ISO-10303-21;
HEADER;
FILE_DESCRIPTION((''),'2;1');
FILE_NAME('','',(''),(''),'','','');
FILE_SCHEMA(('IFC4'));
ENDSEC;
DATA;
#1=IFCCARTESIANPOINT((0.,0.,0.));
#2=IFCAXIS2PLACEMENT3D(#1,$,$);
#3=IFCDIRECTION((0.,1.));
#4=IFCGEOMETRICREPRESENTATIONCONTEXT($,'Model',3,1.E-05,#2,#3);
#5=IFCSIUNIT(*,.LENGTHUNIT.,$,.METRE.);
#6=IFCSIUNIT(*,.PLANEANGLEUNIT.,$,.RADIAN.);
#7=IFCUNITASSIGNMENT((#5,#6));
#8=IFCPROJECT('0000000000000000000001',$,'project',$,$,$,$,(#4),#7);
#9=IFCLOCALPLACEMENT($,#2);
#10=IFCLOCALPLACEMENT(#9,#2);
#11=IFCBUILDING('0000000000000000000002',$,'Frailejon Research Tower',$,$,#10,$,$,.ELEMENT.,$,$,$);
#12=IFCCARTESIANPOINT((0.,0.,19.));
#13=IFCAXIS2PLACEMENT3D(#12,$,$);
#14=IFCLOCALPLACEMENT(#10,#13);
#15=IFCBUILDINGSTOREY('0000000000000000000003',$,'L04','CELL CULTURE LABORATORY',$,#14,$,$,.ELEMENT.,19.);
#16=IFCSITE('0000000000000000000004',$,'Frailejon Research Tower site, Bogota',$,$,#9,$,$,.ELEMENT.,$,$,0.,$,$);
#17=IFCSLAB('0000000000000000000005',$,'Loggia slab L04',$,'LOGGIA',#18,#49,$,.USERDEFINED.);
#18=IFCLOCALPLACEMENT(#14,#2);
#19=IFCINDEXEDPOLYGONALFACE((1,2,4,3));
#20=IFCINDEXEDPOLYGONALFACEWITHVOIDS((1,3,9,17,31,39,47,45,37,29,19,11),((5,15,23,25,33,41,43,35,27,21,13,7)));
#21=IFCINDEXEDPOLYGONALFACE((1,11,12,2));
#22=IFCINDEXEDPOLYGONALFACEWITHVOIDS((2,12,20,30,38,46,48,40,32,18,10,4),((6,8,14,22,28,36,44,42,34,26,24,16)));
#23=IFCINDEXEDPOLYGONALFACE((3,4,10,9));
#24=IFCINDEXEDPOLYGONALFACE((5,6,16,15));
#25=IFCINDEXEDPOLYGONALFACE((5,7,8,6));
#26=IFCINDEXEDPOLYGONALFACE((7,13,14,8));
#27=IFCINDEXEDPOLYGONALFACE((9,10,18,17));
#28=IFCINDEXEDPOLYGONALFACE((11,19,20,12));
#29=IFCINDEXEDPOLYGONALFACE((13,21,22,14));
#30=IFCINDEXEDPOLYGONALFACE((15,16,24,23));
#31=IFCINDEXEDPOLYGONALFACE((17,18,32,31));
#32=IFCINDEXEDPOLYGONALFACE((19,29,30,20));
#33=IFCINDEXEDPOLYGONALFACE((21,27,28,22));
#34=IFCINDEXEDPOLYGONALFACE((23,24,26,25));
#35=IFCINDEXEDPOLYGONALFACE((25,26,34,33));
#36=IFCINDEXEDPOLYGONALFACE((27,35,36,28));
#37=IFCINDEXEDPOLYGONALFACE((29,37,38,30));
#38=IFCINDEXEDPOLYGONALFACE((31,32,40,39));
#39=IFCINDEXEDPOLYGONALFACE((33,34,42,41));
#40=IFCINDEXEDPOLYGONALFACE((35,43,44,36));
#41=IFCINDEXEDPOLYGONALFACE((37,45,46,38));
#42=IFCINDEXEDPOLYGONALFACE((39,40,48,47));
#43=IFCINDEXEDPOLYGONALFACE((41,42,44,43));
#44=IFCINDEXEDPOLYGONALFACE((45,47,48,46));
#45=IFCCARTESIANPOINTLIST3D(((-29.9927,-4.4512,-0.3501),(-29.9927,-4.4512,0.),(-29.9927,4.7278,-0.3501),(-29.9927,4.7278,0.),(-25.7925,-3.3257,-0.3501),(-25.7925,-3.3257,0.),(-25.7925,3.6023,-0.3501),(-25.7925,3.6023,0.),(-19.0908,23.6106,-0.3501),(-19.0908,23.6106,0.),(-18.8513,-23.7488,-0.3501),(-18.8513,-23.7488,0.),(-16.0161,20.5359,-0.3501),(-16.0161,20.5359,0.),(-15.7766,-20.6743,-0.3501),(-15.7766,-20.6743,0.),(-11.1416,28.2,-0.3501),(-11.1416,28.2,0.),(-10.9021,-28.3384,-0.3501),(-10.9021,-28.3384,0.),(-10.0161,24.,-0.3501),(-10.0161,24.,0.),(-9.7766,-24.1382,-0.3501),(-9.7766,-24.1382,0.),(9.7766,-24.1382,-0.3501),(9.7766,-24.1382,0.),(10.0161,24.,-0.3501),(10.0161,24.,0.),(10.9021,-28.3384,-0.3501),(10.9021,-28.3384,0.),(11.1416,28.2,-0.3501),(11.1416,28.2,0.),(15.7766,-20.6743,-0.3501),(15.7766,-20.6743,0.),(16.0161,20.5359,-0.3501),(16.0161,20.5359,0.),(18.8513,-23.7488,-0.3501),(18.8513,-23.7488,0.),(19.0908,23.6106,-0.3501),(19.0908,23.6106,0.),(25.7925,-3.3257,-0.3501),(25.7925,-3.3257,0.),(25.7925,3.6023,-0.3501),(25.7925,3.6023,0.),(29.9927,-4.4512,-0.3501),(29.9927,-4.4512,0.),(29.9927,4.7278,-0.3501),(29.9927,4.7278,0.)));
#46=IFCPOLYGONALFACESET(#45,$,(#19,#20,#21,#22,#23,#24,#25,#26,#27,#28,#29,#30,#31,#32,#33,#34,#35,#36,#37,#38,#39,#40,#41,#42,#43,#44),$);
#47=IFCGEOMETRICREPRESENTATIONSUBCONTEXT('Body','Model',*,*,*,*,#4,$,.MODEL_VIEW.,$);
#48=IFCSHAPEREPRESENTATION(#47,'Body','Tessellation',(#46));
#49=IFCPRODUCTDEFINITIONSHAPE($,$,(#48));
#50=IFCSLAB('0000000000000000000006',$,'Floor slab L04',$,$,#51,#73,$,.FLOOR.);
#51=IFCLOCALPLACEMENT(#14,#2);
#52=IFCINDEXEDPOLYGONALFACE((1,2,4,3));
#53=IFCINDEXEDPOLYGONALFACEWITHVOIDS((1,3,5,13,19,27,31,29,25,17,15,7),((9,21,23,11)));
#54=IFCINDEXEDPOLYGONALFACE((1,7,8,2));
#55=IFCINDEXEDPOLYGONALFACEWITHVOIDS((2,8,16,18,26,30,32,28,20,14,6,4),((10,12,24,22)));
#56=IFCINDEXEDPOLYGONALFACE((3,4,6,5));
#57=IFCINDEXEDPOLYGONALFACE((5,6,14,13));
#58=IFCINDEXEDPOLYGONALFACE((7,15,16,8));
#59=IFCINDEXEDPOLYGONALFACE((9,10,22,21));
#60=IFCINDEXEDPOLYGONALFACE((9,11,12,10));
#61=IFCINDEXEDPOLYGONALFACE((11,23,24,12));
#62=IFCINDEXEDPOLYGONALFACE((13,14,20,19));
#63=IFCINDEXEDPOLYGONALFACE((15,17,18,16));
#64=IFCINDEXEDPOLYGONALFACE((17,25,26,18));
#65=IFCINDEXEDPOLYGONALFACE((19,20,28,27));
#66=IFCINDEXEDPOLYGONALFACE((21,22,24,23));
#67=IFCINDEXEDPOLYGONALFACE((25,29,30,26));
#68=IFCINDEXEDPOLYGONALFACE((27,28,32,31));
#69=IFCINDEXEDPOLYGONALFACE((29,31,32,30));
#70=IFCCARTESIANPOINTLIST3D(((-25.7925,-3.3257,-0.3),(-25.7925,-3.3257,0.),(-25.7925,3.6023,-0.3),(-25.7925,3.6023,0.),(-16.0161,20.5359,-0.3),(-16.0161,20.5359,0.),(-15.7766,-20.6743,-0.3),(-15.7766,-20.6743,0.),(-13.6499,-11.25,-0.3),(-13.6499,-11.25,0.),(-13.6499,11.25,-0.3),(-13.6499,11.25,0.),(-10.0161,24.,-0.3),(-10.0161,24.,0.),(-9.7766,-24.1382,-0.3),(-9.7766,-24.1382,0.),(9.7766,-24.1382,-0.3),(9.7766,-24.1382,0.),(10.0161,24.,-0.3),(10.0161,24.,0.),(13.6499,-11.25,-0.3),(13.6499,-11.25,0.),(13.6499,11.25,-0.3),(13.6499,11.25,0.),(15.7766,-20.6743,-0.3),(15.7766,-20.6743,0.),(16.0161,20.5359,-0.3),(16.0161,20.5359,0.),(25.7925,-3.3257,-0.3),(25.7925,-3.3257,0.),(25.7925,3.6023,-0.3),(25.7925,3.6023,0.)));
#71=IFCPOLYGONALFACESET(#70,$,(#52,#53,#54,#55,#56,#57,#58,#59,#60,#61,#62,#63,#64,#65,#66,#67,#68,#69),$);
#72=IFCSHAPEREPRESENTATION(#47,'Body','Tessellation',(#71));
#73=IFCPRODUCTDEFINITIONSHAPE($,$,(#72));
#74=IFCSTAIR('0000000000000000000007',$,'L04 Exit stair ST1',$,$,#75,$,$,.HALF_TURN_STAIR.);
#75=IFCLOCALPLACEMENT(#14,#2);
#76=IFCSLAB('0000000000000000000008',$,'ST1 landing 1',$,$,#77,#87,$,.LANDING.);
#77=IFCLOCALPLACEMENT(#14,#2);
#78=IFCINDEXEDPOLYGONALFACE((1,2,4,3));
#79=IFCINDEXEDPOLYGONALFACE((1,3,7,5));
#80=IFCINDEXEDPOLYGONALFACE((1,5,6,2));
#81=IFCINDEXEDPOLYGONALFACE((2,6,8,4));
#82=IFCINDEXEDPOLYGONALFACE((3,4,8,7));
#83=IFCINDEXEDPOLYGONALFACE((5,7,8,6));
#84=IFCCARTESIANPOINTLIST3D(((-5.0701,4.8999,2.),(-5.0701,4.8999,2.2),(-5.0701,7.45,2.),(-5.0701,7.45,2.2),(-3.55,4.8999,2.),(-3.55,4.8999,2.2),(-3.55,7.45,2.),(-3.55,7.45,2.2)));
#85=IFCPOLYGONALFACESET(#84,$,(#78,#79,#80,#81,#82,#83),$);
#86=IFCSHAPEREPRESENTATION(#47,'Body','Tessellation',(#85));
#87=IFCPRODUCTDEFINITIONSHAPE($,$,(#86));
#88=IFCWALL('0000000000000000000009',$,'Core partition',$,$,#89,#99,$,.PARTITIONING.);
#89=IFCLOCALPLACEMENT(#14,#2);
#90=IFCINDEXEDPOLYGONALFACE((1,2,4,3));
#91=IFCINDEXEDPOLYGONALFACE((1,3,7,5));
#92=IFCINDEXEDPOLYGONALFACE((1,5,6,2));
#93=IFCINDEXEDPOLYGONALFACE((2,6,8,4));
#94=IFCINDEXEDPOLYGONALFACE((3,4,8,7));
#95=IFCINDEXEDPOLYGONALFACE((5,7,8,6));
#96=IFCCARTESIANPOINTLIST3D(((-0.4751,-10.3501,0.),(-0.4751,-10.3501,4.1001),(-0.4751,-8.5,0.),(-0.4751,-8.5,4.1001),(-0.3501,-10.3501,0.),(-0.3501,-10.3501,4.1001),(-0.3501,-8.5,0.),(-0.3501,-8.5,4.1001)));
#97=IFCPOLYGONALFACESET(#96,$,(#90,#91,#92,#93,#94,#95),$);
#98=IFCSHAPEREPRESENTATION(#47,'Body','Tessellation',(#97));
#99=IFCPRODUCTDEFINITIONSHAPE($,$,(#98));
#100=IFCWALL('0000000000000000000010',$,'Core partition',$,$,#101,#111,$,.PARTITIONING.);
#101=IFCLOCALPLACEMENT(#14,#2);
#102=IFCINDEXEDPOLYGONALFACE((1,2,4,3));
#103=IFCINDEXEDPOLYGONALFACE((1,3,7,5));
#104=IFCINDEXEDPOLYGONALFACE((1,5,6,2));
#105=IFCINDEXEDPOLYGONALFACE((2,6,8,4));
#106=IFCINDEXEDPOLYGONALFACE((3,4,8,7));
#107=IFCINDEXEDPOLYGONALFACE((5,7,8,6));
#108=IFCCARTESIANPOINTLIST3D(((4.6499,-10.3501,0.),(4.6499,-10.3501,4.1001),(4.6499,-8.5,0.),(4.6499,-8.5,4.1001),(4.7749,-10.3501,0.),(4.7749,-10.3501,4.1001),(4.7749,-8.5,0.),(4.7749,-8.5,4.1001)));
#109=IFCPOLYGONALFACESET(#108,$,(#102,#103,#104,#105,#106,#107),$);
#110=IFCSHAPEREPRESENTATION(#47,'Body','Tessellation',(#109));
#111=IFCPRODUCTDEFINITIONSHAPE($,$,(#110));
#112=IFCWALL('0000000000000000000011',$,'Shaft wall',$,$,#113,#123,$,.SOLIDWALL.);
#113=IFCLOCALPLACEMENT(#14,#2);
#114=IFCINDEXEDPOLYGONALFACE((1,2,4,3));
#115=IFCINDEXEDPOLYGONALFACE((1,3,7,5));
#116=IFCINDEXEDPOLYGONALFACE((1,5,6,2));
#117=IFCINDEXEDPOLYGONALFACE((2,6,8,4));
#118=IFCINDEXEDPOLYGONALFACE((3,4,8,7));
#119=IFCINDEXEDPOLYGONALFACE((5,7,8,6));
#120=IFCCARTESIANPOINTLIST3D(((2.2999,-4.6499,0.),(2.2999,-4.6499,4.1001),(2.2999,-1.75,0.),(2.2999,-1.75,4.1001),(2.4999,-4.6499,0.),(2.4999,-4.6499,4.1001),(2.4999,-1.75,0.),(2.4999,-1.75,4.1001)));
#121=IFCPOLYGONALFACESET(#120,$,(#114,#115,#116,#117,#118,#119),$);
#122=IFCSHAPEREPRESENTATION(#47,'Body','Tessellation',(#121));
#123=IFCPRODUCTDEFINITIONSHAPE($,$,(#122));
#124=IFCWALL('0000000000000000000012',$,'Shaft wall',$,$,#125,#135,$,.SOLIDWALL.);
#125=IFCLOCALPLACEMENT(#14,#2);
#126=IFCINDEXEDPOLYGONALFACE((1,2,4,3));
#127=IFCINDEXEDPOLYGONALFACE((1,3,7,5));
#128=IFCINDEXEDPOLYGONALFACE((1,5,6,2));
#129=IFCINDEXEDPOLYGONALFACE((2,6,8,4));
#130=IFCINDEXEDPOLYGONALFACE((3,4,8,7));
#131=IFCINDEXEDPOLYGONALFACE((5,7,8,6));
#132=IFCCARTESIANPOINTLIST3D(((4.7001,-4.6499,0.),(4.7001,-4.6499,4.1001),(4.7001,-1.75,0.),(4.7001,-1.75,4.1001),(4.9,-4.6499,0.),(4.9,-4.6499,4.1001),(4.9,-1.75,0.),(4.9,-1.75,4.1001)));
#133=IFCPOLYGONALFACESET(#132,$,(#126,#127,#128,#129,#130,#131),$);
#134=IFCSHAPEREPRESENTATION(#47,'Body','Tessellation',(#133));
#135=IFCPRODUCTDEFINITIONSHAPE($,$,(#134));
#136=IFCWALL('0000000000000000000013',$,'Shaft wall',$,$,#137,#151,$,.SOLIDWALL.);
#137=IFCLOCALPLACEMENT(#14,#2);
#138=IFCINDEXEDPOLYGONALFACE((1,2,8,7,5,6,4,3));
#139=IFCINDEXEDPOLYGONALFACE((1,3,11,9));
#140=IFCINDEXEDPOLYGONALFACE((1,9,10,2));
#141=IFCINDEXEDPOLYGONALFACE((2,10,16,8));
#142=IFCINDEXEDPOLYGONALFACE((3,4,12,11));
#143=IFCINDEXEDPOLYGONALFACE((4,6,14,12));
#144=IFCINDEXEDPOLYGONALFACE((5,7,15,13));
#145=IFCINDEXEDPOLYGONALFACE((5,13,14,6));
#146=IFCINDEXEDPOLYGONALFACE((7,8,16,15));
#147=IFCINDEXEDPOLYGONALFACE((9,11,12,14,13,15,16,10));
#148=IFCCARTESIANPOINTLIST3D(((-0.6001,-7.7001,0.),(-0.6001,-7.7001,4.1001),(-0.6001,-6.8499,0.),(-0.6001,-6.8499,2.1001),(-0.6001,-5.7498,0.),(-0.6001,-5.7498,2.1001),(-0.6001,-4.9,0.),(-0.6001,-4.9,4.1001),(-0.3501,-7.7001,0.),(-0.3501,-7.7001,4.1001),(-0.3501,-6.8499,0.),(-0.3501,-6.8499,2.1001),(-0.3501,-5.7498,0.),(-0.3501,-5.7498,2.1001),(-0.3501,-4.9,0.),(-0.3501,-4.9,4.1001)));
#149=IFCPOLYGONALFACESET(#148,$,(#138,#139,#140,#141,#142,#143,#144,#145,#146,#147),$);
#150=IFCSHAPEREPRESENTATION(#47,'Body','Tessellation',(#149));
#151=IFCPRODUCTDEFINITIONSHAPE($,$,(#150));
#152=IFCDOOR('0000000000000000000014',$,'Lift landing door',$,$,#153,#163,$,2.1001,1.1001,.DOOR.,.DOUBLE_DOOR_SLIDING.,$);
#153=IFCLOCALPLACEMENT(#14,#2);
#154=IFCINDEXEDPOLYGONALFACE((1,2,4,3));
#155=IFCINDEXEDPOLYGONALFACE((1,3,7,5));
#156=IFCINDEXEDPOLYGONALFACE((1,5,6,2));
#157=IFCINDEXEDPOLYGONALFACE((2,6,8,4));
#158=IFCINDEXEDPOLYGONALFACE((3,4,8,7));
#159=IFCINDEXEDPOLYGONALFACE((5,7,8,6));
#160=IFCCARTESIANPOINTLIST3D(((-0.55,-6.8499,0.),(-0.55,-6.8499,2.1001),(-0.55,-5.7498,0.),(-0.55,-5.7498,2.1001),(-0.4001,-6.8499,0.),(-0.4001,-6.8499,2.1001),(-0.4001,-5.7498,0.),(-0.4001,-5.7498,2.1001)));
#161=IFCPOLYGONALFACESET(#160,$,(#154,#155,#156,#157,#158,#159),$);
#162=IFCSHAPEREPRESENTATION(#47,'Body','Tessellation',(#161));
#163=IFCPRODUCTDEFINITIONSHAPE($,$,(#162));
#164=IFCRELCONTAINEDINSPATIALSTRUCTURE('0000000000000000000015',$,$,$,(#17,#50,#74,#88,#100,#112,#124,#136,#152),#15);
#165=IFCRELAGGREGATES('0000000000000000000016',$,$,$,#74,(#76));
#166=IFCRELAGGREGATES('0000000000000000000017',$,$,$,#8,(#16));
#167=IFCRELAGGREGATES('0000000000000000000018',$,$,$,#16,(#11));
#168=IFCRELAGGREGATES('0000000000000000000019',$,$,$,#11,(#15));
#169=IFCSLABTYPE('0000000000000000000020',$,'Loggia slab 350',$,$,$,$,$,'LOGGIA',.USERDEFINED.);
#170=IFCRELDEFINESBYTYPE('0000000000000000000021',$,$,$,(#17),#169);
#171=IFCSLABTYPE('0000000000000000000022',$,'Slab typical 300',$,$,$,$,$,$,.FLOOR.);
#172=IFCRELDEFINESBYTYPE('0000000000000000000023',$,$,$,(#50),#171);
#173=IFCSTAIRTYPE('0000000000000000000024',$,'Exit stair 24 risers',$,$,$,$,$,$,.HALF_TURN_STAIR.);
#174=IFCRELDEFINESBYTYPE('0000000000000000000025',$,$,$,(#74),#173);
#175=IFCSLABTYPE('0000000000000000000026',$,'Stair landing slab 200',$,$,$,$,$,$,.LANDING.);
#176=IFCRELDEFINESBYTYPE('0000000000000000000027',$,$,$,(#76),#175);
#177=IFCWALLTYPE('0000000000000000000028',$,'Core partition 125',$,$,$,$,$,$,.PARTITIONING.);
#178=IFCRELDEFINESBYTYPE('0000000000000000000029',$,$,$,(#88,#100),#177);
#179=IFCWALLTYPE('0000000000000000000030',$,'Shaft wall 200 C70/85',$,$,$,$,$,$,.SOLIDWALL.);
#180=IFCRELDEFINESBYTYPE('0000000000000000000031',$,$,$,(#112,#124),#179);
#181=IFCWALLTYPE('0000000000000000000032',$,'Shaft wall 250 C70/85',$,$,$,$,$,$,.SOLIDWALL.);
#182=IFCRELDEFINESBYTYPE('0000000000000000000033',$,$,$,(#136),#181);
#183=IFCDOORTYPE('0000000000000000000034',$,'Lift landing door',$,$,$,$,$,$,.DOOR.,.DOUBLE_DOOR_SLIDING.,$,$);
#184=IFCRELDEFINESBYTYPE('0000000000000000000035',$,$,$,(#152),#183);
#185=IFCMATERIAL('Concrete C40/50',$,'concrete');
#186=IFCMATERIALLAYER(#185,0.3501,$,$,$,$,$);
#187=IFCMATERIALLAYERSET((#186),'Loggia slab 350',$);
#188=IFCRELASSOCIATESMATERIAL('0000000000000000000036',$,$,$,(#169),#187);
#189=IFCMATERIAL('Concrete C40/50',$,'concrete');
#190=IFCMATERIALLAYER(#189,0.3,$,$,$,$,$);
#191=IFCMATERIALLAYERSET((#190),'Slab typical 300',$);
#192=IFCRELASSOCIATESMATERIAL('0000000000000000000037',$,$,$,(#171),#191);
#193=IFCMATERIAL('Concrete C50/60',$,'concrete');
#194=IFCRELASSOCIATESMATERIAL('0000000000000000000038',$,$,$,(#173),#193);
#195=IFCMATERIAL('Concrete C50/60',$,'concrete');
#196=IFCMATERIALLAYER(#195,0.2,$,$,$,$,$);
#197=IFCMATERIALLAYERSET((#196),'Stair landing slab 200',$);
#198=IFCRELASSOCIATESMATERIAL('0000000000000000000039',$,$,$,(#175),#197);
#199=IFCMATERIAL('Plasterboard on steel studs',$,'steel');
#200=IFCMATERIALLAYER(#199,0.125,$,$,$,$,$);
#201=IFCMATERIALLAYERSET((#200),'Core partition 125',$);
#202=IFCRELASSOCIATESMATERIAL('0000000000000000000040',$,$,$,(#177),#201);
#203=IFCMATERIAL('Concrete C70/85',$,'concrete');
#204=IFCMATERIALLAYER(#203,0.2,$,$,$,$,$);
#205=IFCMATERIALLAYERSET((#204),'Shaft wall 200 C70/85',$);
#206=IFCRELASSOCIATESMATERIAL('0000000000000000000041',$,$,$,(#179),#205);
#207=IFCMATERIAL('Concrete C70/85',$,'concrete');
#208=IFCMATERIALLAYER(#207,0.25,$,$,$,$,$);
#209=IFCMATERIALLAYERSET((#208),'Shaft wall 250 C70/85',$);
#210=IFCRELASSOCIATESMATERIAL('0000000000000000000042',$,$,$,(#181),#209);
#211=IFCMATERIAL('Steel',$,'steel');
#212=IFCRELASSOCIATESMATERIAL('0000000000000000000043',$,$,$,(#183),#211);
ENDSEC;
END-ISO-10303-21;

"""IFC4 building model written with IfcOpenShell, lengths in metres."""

from ifc_helpers import new_model, si_unit, direction, frame, frame_2d, origin, place, context, subcontext, project, spatial, polyline, rectangle, outline, extrude, material, layer, layer_set, type_object, element, fill, aggregate, save


model = new_model("IFC4")

# Units and contexts
model_context = context("Model", 3, precision=1e-05, world=origin(), true_north=direction((0.0, 1.0)))
body_context = subcontext(model_context, "Body", "Model", "MODEL_VIEW")
ifc_project = project(units=[si_unit("LENGTHUNIT", "METRE"), si_unit("PLANEANGLEUNIT", "RADIAN")], contexts=[model_context])

# Site, building, storey
site_placement = place(None, origin())
site = spatial("IfcSite", under=ifc_project, at=site_placement, Name="Frailejon Research Tower site, Bogota", CompositionType="ELEMENT", RefElevation=0.0)
building_placement = place(site_placement, origin())
building = spatial("IfcBuilding", under=site, at=building_placement, Name="Frailejon Research Tower", CompositionType="ELEMENT")
storey_placement = place(building_placement, frame((0.0, 0.0, 19.0)))
storey = spatial("IfcBuildingStorey", under=building, at=storey_placement, Name="L04", Description="CELL CULTURE LABORATORY", CompositionType="ELEMENT", Elevation=19.0)

# Slabs
ifc_material_1 = material(Name="Concrete C40/50", Category="concrete")
ifc_layer_1 = layer(ifc_material_1, 0.3501)
ifc_layer_set_1 = layer_set([ifc_layer_1], Name="Loggia slab 350")
slab_type_1 = type_object("IfcSlabType", Name="Loggia slab 350", ElementType="LOGGIA", PredefinedType="USERDEFINED", material=ifc_layer_set_1)
slab_1_placement = place(storey_placement, frame((0.0, 0.0, -0.3501)))
element("IfcSlab", 1, at=slab_1_placement, inside=storey, type_object=slab_type_1, Name="Loggia slab L04", ObjectType="LOGGIA", PredefinedType="USERDEFINED", context=body_context, shape_type="SweptSolid", body=[
    extrude(outline(polyline([(18.8513, -23.7488), (10.9021, -28.3384), (-10.9021, -28.3384), (-18.8513, -23.7488), (-29.9927, -4.4512), (-29.9927, 4.7278), (-19.0908, 23.6106), (-11.1416, 28.2), (11.1416, 28.2), (19.0908, 23.6106), (29.9927, 4.7278), (29.9927, -4.4512), (18.8513, -23.7488)]), holes=[polyline([(25.7925, 3.6023), (16.0161, 20.5359), (10.0161, 24.0), (-10.0161, 24.0), (-16.0161, 20.5359), (-25.7925, 3.6023), (-25.7925, -3.3257), (-15.7766, -20.6743), (-9.7766, -24.1382), (9.7766, -24.1382), (15.7766, -20.6743), (25.7925, -3.3257), (25.7925, 3.6023)])]), origin(), (0.0, 0.0, 1.0), 0.3501),
])
ifc_material_2 = material(Name="Concrete C40/50", Category="concrete")
ifc_layer_2 = layer(ifc_material_2, 0.3)
ifc_layer_set_2 = layer_set([ifc_layer_2], Name="Slab typical 300")
slab_type_2 = type_object("IfcSlabType", Name="Slab typical 300", PredefinedType="FLOOR", material=ifc_layer_set_2)
slab_2_placement = place(storey_placement, frame((0.0, 0.0, -0.3)))
element("IfcSlab", 2, at=slab_2_placement, inside=storey, type_object=slab_type_2, Name="Floor slab L04", PredefinedType="FLOOR", context=body_context, shape_type="SweptSolid", body=[
    extrude(outline(polyline([(25.7925, -3.3257), (25.7925, 3.6023), (16.0161, 20.5359), (10.0161, 24.0), (-10.0161, 24.0), (-16.0161, 20.5359), (-25.7925, 3.6023), (-25.7925, -3.3257), (-15.7766, -20.6743), (-9.7766, -24.1382), (9.7766, -24.1382), (15.7766, -20.6743), (25.7925, -3.3257)]), holes=[polyline([(13.6499, -11.25), (-13.6499, -11.25), (-13.6499, 11.25), (13.6499, 11.25), (13.6499, -11.25)])]), origin(), (0.0, 0.0, 1.0), 0.3),
])

# Stair, slab
ifc_material_3 = material(Name="Concrete C50/60", Category="concrete")
stair_type = type_object("IfcStairType", Name="Exit stair 24 risers", PredefinedType="HALF_TURN_STAIR", material=ifc_material_3)
stair_placement = place(storey_placement, origin())
stair = element("IfcStair", 3, at=stair_placement, inside=storey, type_object=stair_type, Name="L04 Exit stair ST1", PredefinedType="HALF_TURN_STAIR")
ifc_material_4 = material(Name="Concrete C50/60", Category="concrete")
ifc_layer_3 = layer(ifc_material_4, 0.2)
ifc_layer_set_3 = layer_set([ifc_layer_3], Name="Stair landing slab 200")
slab_type_3 = type_object("IfcSlabType", Name="Stair landing slab 200", PredefinedType="LANDING", material=ifc_layer_set_3)
slab_3_placement = place(storey_placement, frame((0.0, 0.0, 2.0)))
slab_3 = element("IfcSlab", 4, at=slab_3_placement, type_object=slab_type_3, Name="ST1 landing 1", PredefinedType="LANDING", context=body_context, shape_type="SweptSolid", body=[
    extrude(outline(polyline([(-5.0701, 4.8999), (-3.55, 4.8999), (-3.55, 7.45), (-5.0701, 7.45), (-5.0701, 4.8999)])), origin(), (0.0, 0.0, 1.0), 0.2),
])
aggregate(stair, [slab_3])

# Walls
ifc_material_5 = material(Name="Plasterboard on steel studs", Category="steel")
ifc_layer_4 = layer(ifc_material_5, 0.125)
ifc_layer_set_4 = layer_set([ifc_layer_4], Name="Core partition 125")
wall_type_1 = type_object("IfcWallType", Name="Core partition 125", PredefinedType="PARTITIONING", material=ifc_layer_set_4)
for number, where, z_axis, x_axis, name in (
    (5, (-0.4126, -10.3501, 0.0), (0.0, 0.0, 1.0), (0.0, 1.0, 0.0), "Core partition"),
    (6, (4.7124, -10.3501, 0.0), (0.0, 0.0, 1.0), (0.0, 1.0, 0.0), "Core partition"),
):
    element("IfcWall", number, at=place(storey_placement, frame(where, z_axis=z_axis, x_axis=x_axis)), inside=storey, type_object=wall_type_1, Name=name, PredefinedType="PARTITIONING", context=body_context, shape_type="SweptSolid", body=[
        extrude(rectangle(XDim=1.8501, YDim=0.125, at=frame_2d((0.925, 0.0))), origin(), (0.0, 0.0, 1.0), 4.1001),
    ])
ifc_material_6 = material(Name="Concrete C70/85", Category="concrete")
ifc_layer_5 = layer(ifc_material_6, 0.2)
ifc_layer_set_5 = layer_set([ifc_layer_5], Name="Shaft wall 200 C70/85")
wall_type_2 = type_object("IfcWallType", Name="Shaft wall 200 C70/85", PredefinedType="SOLIDWALL", material=ifc_layer_set_5)
for number, where, z_axis, x_axis, name in (
    (7, (2.3999, -4.6499, 0.0), (0.0, 0.0, 1.0), (0.0, 1.0, 0.0), "Shaft wall"),
    (8, (4.8, -4.6499, 0.0), (0.0, 0.0, 1.0), (0.0, 1.0, 0.0), "Shaft wall"),
):
    element("IfcWall", number, at=place(storey_placement, frame(where, z_axis=z_axis, x_axis=x_axis)), inside=storey, type_object=wall_type_2, Name=name, PredefinedType="SOLIDWALL", context=body_context, shape_type="SweptSolid", body=[
        extrude(rectangle(XDim=2.8999, YDim=0.2, at=frame_2d((1.45, 0.0))), origin(), (0.0, 0.0, 1.0), 4.1001),
    ])

# Wall, opening, door
ifc_material_7 = material(Name="Concrete C70/85", Category="concrete")
ifc_layer_6 = layer(ifc_material_7, 0.25)
ifc_layer_set_6 = layer_set([ifc_layer_6], Name="Shaft wall 250 C70/85")
wall_type_3 = type_object("IfcWallType", Name="Shaft wall 250 C70/85", PredefinedType="SOLIDWALL", material=ifc_layer_set_6)
wall_1_placement = place(storey_placement, frame((-0.4751, -7.7, 0.0), z_axis=(0.0, 0.0, 1.0), x_axis=(0.0, 1.0, 0.0)))
wall_1 = element("IfcWall", 9, at=wall_1_placement, inside=storey, type_object=wall_type_3, Name="Shaft wall", PredefinedType="SOLIDWALL", context=body_context, shape_type="SweptSolid", body=[
    extrude(rectangle(XDim=2.8, YDim=0.25, at=frame_2d((1.3999, 0.0))), origin(), (0.0, 0.0, 1.0), 4.1001),
])
opening_1_placement = place(wall_1_placement, frame((0.8501, 0.0, 0.0)))
opening_1 = element("IfcOpeningElement", 10, at=opening_1_placement, cuts=wall_1, PredefinedType="OPENING", context=body_context, shape_type="SweptSolid", body=[
    extrude(rectangle(XDim=1.1001, YDim=2.1001, at=frame_2d((0.55, 1.05))), frame((0.0, 0.135, 0.0), z_axis=(0.0, -1.0, 0.0), x_axis=(1.0, 0.0, 0.0)), (0.0, 0.0, 1.0), 0.27),
])
ifc_material_8 = material(Name="Steel", Category="steel")
door_type = type_object("IfcDoorType", Name="Lift landing door", OperationType="DOUBLE_DOOR_SLIDING", PredefinedType="DOOR", material=ifc_material_8)
door_1_placement = place(opening_1_placement, origin())
door_1 = element("IfcDoor", 11, at=door_1_placement, inside=storey, type_object=door_type, Name="Lift landing door", OperationType="DOUBLE_DOOR_SLIDING", OverallHeight=2.1001, OverallWidth=1.1001, PredefinedType="DOOR", context=body_context, shape_type="SweptSolid", body=[
    extrude(rectangle(XDim=1.1001, YDim=2.1001, at=frame_2d((0.55, 1.05))), frame((0.0, 0.075, 0.0), z_axis=(0.0, -1.0, 0.0), x_axis=(1.0, 0.0, 0.0)), (0.0, 0.0, 1.0), 0.1499),
])
fill(opening_1, door_1)

save(model, "model.ifc")
